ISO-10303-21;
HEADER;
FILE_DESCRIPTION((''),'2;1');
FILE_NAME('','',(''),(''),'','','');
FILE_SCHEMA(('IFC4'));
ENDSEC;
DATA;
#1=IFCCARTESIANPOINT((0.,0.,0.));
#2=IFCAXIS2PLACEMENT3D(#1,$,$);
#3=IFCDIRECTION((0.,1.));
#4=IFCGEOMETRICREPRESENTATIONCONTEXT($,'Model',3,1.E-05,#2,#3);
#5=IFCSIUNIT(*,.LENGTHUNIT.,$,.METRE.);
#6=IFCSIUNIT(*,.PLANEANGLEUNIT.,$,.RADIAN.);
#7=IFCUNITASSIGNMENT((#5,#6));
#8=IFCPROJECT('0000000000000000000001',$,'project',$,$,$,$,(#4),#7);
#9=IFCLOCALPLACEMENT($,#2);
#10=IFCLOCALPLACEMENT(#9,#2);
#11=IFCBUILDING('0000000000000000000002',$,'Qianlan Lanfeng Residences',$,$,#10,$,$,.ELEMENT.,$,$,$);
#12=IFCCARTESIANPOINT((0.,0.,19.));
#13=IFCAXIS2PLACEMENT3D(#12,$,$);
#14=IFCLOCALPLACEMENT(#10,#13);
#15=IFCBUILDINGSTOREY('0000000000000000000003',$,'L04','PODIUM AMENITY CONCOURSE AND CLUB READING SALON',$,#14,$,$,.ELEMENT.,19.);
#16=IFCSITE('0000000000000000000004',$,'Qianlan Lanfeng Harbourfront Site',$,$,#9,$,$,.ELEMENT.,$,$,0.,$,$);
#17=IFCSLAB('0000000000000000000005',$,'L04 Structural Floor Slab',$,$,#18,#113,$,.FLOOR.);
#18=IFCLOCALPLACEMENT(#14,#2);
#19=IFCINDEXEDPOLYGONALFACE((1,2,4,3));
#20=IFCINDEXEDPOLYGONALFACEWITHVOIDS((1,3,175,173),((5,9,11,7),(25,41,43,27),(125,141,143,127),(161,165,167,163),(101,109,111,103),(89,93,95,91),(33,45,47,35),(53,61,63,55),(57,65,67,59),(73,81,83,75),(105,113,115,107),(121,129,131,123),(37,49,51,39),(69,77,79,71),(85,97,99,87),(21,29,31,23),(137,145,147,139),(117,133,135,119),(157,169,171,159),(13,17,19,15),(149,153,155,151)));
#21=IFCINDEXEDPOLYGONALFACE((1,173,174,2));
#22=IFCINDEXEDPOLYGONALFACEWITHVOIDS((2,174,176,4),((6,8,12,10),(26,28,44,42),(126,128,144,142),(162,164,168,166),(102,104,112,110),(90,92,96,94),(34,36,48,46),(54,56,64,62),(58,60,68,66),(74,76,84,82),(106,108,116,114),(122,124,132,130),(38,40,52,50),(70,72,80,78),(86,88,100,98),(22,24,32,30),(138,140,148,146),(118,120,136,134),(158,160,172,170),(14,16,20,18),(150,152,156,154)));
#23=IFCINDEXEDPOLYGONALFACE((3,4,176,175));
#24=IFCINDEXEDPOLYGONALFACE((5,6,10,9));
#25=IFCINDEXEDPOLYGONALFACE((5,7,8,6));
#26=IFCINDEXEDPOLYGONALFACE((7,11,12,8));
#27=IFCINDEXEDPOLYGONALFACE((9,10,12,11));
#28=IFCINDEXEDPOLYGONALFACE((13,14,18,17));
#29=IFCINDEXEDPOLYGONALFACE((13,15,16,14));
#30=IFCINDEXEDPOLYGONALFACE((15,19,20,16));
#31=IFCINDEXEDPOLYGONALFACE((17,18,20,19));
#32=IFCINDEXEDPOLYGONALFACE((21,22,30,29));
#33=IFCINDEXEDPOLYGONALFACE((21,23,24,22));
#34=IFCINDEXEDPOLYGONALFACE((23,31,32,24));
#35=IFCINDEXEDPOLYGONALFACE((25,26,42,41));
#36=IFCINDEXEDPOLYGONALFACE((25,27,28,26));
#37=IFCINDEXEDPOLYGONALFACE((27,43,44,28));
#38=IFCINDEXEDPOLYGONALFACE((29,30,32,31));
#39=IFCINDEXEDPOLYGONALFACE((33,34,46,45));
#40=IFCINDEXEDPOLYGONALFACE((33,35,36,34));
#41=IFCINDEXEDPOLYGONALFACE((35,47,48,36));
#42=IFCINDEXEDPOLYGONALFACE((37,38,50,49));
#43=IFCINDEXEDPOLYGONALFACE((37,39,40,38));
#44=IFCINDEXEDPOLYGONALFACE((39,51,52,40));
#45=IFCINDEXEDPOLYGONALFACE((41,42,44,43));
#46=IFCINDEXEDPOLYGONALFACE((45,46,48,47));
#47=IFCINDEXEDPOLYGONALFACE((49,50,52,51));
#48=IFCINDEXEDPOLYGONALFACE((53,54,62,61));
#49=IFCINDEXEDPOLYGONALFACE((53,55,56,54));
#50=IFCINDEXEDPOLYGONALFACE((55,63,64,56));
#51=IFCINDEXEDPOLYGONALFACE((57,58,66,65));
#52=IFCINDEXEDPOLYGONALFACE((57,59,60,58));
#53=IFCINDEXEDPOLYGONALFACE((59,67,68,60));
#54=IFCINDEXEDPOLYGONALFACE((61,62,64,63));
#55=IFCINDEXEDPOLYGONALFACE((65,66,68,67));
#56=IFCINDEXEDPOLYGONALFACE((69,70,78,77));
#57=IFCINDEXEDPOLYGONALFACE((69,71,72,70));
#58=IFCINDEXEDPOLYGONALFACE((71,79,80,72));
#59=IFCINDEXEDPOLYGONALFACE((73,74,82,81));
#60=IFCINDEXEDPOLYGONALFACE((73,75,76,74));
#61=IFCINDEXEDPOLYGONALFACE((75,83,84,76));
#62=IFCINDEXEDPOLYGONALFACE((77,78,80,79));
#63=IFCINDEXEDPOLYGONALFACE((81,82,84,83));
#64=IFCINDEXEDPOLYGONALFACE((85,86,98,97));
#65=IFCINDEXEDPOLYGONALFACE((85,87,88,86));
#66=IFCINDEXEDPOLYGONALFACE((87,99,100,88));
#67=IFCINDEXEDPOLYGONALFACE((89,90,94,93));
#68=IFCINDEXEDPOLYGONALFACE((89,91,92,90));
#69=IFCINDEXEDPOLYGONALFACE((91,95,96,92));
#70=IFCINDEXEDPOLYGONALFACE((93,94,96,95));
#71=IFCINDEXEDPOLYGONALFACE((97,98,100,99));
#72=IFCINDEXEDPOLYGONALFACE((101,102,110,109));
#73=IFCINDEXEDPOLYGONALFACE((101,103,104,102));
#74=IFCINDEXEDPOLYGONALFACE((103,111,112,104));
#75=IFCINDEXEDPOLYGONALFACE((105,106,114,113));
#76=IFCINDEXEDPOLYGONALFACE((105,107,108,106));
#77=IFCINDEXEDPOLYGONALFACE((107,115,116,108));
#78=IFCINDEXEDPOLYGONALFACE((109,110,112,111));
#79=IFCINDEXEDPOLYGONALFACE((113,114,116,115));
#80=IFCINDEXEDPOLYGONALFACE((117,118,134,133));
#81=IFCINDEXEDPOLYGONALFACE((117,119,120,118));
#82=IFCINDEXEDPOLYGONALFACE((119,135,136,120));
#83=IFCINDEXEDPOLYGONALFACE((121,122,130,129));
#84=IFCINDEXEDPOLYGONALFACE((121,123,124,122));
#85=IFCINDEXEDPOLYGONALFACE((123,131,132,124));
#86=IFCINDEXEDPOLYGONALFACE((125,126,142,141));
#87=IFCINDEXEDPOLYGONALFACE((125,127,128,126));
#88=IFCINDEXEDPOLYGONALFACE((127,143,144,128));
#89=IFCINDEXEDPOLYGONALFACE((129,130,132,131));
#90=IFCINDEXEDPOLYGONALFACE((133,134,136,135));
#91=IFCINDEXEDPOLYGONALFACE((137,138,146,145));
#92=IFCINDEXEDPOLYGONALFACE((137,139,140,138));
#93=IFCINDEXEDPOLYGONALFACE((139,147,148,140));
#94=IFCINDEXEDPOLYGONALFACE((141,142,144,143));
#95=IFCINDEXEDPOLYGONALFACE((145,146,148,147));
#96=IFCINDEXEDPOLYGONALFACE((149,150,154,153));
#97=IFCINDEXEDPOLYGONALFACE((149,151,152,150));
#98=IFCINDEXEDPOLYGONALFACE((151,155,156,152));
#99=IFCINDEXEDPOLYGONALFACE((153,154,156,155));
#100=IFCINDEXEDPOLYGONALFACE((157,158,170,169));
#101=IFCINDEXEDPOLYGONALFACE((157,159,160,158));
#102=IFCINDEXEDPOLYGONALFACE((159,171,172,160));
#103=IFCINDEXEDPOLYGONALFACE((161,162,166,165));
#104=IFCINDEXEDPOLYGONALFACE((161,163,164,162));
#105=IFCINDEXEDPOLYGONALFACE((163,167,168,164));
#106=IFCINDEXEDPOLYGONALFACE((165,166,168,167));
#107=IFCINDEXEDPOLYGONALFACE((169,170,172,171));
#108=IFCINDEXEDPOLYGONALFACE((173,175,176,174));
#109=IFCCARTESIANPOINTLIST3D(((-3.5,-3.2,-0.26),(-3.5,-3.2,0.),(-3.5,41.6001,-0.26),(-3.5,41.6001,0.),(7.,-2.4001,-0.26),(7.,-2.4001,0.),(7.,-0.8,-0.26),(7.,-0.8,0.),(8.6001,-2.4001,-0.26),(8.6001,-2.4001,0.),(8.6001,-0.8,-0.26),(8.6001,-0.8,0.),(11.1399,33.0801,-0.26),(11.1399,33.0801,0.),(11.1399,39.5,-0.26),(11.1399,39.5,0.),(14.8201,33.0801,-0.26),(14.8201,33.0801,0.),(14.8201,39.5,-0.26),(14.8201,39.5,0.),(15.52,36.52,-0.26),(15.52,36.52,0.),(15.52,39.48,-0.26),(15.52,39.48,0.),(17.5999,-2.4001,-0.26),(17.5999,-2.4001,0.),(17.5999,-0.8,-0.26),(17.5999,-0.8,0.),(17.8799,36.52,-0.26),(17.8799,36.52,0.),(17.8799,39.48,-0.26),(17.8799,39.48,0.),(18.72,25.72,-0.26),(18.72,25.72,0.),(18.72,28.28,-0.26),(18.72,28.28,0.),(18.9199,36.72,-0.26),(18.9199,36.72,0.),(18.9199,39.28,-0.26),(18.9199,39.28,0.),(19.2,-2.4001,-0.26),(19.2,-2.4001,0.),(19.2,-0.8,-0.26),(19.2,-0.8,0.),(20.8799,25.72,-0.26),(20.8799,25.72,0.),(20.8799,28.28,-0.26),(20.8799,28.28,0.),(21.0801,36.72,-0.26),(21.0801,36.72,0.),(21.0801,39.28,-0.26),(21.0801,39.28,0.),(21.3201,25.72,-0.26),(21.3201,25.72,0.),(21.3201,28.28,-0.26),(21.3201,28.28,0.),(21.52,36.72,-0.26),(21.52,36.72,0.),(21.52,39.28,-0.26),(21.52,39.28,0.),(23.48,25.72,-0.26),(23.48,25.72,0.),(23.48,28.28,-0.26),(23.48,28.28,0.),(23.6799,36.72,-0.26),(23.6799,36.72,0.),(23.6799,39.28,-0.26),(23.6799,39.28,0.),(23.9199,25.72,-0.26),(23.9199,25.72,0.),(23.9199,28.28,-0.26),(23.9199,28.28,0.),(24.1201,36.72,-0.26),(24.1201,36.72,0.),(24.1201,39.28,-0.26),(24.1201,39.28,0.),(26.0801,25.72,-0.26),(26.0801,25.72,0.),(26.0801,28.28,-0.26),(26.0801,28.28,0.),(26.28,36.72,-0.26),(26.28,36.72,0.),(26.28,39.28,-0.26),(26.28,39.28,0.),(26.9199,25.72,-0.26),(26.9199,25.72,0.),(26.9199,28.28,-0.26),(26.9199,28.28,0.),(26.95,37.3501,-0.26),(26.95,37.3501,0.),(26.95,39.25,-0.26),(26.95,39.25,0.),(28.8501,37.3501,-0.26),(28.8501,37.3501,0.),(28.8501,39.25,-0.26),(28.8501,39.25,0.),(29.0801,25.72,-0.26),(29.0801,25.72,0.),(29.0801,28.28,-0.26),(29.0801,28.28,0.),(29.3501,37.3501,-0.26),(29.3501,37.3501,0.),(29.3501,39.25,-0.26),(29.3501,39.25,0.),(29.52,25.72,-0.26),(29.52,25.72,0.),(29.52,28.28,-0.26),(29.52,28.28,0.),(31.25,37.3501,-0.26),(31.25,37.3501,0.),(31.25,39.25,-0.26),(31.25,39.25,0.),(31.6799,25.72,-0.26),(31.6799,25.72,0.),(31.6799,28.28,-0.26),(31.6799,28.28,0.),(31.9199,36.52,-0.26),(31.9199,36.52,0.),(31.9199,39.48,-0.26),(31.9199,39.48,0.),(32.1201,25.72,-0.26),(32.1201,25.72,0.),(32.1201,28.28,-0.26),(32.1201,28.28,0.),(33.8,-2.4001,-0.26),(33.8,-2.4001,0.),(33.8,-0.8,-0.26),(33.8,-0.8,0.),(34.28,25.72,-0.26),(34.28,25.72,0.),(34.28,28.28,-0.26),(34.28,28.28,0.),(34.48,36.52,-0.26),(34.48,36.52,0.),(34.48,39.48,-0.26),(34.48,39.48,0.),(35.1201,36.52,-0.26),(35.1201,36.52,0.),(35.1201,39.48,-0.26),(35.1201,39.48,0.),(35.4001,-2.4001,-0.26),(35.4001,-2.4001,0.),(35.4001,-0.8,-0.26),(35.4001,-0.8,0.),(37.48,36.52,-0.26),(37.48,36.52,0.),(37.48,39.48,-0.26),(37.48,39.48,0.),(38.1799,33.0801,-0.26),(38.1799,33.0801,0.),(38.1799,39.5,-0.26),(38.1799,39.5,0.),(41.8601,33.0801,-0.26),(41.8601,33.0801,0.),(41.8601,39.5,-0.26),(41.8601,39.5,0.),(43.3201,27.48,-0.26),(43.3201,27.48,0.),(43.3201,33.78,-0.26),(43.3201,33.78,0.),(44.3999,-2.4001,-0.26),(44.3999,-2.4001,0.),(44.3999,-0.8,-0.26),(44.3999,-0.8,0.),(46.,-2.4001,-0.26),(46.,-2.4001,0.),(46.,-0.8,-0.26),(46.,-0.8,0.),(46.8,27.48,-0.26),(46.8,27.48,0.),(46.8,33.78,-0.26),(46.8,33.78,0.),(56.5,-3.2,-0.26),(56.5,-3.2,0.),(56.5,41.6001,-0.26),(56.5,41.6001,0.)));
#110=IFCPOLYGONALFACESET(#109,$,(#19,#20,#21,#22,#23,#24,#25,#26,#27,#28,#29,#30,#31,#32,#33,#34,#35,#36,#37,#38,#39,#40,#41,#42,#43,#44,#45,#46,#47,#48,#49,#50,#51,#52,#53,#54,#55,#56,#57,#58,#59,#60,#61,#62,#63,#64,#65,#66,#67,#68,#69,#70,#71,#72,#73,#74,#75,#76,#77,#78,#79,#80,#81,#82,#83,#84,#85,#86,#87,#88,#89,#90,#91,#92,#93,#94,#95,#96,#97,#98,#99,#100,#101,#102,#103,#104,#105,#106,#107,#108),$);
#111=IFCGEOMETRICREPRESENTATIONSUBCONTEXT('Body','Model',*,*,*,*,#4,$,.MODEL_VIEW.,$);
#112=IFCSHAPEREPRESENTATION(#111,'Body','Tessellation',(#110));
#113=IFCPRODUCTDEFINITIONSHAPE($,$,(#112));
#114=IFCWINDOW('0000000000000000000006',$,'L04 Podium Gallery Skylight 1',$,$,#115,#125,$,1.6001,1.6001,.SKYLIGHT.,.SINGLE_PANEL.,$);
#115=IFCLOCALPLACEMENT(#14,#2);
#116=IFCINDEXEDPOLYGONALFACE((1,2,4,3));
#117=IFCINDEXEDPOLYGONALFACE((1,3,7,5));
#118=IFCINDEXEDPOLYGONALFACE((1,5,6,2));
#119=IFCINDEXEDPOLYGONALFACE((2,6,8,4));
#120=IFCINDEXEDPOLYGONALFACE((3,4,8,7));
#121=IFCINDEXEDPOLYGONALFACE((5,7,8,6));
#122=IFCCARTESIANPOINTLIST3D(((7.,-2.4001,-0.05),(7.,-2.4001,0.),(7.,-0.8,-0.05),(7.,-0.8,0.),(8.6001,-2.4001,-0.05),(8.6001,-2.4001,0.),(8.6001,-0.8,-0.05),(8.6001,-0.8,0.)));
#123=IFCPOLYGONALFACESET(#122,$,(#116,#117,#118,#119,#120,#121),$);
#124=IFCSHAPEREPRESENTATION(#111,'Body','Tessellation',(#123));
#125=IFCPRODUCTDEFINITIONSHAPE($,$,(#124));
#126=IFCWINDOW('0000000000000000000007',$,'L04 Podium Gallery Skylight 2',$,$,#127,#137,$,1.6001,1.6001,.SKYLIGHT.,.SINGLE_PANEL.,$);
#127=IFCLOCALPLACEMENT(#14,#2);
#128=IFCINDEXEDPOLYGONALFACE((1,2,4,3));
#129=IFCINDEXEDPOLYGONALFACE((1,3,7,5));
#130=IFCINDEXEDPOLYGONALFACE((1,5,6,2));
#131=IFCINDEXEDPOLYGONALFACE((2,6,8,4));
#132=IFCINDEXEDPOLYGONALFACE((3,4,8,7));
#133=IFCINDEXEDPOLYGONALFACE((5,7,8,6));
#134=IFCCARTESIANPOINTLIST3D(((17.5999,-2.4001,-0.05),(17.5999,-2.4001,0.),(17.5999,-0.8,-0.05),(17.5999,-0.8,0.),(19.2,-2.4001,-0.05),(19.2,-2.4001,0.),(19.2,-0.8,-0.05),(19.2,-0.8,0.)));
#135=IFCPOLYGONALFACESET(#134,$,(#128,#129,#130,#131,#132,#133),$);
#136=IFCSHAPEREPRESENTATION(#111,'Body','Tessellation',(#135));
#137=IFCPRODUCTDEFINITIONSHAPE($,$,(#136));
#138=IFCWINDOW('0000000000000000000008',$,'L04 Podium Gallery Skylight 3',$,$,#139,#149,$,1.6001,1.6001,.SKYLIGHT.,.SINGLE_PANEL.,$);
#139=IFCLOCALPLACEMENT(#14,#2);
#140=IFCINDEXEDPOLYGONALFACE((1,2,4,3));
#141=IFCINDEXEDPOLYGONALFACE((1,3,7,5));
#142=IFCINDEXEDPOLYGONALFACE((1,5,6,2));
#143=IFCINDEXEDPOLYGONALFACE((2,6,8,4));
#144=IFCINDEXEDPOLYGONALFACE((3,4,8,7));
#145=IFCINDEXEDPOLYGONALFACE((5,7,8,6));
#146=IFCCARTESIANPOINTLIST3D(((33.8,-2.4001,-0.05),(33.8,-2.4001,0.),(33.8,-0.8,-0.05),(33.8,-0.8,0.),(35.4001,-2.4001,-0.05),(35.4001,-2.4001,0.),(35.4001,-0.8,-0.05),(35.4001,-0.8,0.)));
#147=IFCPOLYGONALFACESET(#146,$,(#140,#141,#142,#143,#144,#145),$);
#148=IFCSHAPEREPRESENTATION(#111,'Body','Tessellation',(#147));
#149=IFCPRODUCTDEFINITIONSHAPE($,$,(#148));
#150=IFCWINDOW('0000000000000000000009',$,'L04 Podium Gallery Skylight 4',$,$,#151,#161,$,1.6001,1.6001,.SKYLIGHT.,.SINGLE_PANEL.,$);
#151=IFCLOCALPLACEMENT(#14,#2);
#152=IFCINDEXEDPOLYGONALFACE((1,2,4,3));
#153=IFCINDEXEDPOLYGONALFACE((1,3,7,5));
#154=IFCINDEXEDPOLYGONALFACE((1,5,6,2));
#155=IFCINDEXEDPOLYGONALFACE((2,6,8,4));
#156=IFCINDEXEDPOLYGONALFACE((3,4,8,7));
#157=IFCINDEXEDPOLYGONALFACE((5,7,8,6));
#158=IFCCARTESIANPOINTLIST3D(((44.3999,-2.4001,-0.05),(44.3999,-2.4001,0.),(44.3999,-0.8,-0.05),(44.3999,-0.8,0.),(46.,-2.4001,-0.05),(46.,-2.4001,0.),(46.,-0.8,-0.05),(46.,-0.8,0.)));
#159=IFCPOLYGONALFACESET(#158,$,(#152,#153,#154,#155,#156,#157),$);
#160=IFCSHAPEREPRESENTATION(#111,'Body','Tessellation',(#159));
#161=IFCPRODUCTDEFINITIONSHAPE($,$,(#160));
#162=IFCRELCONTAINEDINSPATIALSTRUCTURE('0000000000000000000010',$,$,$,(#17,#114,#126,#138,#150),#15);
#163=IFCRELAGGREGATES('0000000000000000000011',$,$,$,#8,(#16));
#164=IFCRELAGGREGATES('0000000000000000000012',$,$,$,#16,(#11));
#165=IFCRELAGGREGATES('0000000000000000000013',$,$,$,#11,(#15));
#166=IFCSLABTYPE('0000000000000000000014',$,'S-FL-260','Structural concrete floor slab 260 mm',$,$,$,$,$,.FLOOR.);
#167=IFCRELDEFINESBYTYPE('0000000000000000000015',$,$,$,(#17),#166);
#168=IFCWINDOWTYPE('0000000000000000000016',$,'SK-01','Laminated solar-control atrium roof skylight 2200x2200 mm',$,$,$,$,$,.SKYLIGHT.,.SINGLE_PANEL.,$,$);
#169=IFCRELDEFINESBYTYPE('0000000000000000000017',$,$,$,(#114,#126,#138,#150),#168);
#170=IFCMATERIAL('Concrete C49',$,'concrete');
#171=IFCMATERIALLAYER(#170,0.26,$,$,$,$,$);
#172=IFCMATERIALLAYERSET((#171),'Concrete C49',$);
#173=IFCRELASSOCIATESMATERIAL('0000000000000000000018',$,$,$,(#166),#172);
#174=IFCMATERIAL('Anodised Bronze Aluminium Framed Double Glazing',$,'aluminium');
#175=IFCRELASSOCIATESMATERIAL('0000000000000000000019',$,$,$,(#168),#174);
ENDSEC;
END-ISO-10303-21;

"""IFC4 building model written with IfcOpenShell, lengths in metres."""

from ifc_helpers import new_model, si_unit, direction, frame, origin, origin_2d, place, context, subcontext, project, spatial, polyline, rectangle, outline, extrude, material, layer, layer_set, type_object, element, fill, save


model = new_model("IFC4")

# Units and contexts
model_context = context("Model", 3, precision=1e-05, world=origin(), true_north=direction((0.0, 1.0)))
body_context = subcontext(model_context, "Body", "Model", "MODEL_VIEW")
ifc_project = project(units=[si_unit("LENGTHUNIT", "METRE"), si_unit("PLANEANGLEUNIT", "RADIAN")], contexts=[model_context])

# Site, building, storey
site_placement = place(None, origin())
site = spatial("IfcSite", under=ifc_project, at=site_placement, Name="Qianlan Lanfeng Harbourfront Site", CompositionType="ELEMENT", RefElevation=0.0)
building_placement = place(site_placement, origin())
building = spatial("IfcBuilding", under=site, at=building_placement, Name="Qianlan Lanfeng Residences", CompositionType="ELEMENT")
storey_placement = place(building_placement, frame((0.0, 0.0, 19.0)))
storey = spatial("IfcBuildingStorey", under=building, at=storey_placement, Name="L04", Description="PODIUM AMENITY CONCOURSE AND CLUB READING SALON", CompositionType="ELEMENT", Elevation=19.0)

# Slab, openings, windows
ifc_material_1 = material(Name="Concrete C49", Category="concrete")
ifc_layer_1 = layer(ifc_material_1, 0.26)
ifc_layer_set_1 = layer_set([ifc_layer_1], Name="Concrete C49")
slab_type_1 = type_object("IfcSlabType", Name="S-FL-260", Description="Structural concrete floor slab 260 mm", PredefinedType="FLOOR", material=ifc_layer_set_1)
slab_1_placement = place(storey_placement, frame((0.0, 0.0, -0.26)))
slab_1 = element("IfcSlab", 1, at=slab_1_placement, inside=storey, type_object=slab_type_1, Name="L04 Structural Floor Slab", PredefinedType="FLOOR", context=body_context, shape_type="SweptSolid", body=[
    extrude(outline(polyline([(-3.5, -3.2), (56.5, -3.2), (56.5, 41.6001), (-3.5, 41.6001), (-3.5, -3.2)]), holes=[polyline([(11.1399, 33.0801), (11.1399, 39.5), (14.8201, 39.5), (14.8201, 33.0801), (11.1399, 33.0801)]), polyline([(38.1799, 33.0801), (38.1799, 39.5), (41.8601, 39.5), (41.8601, 33.0801), (38.1799, 33.0801)]), polyline([(43.3201, 27.48), (43.3201, 33.78), (46.8, 33.78), (46.8, 27.48), (43.3201, 27.48)]), polyline([(15.52, 36.52), (15.52, 39.48), (17.8799, 39.48), (17.8799, 36.52), (15.52, 36.52)]), polyline([(35.1201, 36.52), (35.1201, 39.48), (37.48, 39.48), (37.48, 36.52), (35.1201, 36.52)]), polyline([(31.9199, 36.52), (31.9199, 39.48), (34.48, 39.48), (34.48, 36.52), (31.9199, 36.52)]), polyline([(18.72, 25.72), (18.72, 28.28), (20.8799, 28.28), (20.8799, 25.72), (18.72, 25.72)]), polyline([(21.3201, 25.72), (21.3201, 28.28), (23.48, 28.28), (23.48, 25.72), (21.3201, 25.72)]), polyline([(23.9199, 25.72), (23.9199, 28.28), (26.0801, 28.28), (26.0801, 25.72), (23.9199, 25.72)]), polyline([(26.9199, 25.72), (26.9199, 28.28), (29.0801, 28.28), (29.0801, 25.72), (26.9199, 25.72)]), polyline([(29.52, 25.72), (29.52, 28.28), (31.6799, 28.28), (31.6799, 25.72), (29.52, 25.72)]), polyline([(32.1201, 25.72), (32.1201, 28.28), (34.28, 28.28), (34.28, 25.72), (32.1201, 25.72)]), polyline([(18.9199, 36.72), (18.9199, 39.28), (21.0801, 39.28), (21.0801, 36.72), (18.9199, 36.72)]), polyline([(21.52, 36.72), (21.52, 39.28), (23.6799, 39.28), (23.6799, 36.72), (21.52, 36.72)]), polyline([(24.1201, 36.72), (24.1201, 39.28), (26.28, 39.28), (26.28, 36.72), (24.1201, 36.72)]), polyline([(26.95, 37.3501), (26.95, 39.25), (28.8501, 39.25), (28.8501, 37.3501), (26.95, 37.3501)]), polyline([(29.3501, 37.3501), (29.3501, 39.25), (31.25, 39.25), (31.25, 37.3501), (29.3501, 37.3501)])]), origin(), (0.0, 0.0, 1.0), 0.26),
])
opening_1_placement = place(slab_1_placement, frame((7.8, -1.6001, -0.01)))
opening_1 = element("IfcOpeningElement", 2, at=opening_1_placement, cuts=slab_1, PredefinedType="OPENING", context=body_context, shape_type="SweptSolid", body=[
    extrude(rectangle(XDim=1.6001, YDim=1.6001, at=origin_2d()), origin(), (0.0, 0.0, 1.0), 0.28),
])
opening_2_placement = place(slab_1_placement, frame((18.3999, -1.6001, -0.01)))
opening_2 = element("IfcOpeningElement", 3, at=opening_2_placement, cuts=slab_1, PredefinedType="OPENING", context=body_context, shape_type="SweptSolid", body=[
    extrude(rectangle(XDim=1.6001, YDim=1.6001, at=origin_2d()), origin(), (0.0, 0.0, 1.0), 0.28),
])
opening_3_placement = place(slab_1_placement, frame((34.6001, -1.6001, -0.01)))
opening_3 = element("IfcOpeningElement", 4, at=opening_3_placement, cuts=slab_1, PredefinedType="OPENING", context=body_context, shape_type="SweptSolid", body=[
    extrude(rectangle(XDim=1.6001, YDim=1.6001, at=origin_2d()), origin(), (0.0, 0.0, 1.0), 0.28),
])
opening_4_placement = place(slab_1_placement, frame((45.2, -1.6001, -0.01)))
opening_4 = element("IfcOpeningElement", 5, at=opening_4_placement, cuts=slab_1, PredefinedType="OPENING", context=body_context, shape_type="SweptSolid", body=[
    extrude(rectangle(XDim=1.6001, YDim=1.6001, at=origin_2d()), origin(), (0.0, 0.0, 1.0), 0.28),
])
ifc_material_2 = material(Name="Anodised Bronze Aluminium Framed Double Glazing", Category="aluminium")
window_type = type_object("IfcWindowType", Name="SK-01", Description="Laminated solar-control atrium roof skylight 2200x2200 mm", PartitioningType="SINGLE_PANEL", PredefinedType="SKYLIGHT", material=ifc_material_2)
window_1_placement = place(slab_1_placement, frame((7.8, -1.6001, 0.21)))
window_1 = element("IfcWindow", 6, at=window_1_placement, inside=storey, type_object=window_type, Name="L04 Podium Gallery Skylight 1", OverallHeight=1.6001, OverallWidth=1.6001, PartitioningType="SINGLE_PANEL", PredefinedType="SKYLIGHT", context=body_context, shape_type="SweptSolid", body=[
    extrude(rectangle(XDim=1.6001, YDim=1.6001, at=origin_2d()), origin(), (0.0, 0.0, 1.0), 0.05),
])
fill(opening_1, window_1)
window_2_placement = place(slab_1_placement, frame((18.3999, -1.6001, 0.21)))
window_2 = element("IfcWindow", 7, at=window_2_placement, inside=storey, type_object=window_type, Name="L04 Podium Gallery Skylight 2", OverallHeight=1.6001, OverallWidth=1.6001, PartitioningType="SINGLE_PANEL", PredefinedType="SKYLIGHT", context=body_context, shape_type="SweptSolid", body=[
    extrude(rectangle(XDim=1.6001, YDim=1.6001, at=origin_2d()), origin(), (0.0, 0.0, 1.0), 0.05),
])
fill(opening_2, window_2)
window_3_placement = place(slab_1_placement, frame((34.6001, -1.6001, 0.21)))
window_3 = element("IfcWindow", 8, at=window_3_placement, inside=storey, type_object=window_type, Name="L04 Podium Gallery Skylight 3", OverallHeight=1.6001, OverallWidth=1.6001, PartitioningType="SINGLE_PANEL", PredefinedType="SKYLIGHT", context=body_context, shape_type="SweptSolid", body=[
    extrude(rectangle(XDim=1.6001, YDim=1.6001, at=origin_2d()), origin(), (0.0, 0.0, 1.0), 0.05),
])
fill(opening_3, window_3)
window_4_placement = place(slab_1_placement, frame((45.2, -1.6001, 0.21)))
window_4 = element("IfcWindow", 9, at=window_4_placement, inside=storey, type_object=window_type, Name="L04 Podium Gallery Skylight 4", OverallHeight=1.6001, OverallWidth=1.6001, PartitioningType="SINGLE_PANEL", PredefinedType="SKYLIGHT", context=body_context, shape_type="SweptSolid", body=[
    extrude(rectangle(XDim=1.6001, YDim=1.6001, at=origin_2d()), origin(), (0.0, 0.0, 1.0), 0.05),
])
fill(opening_4, window_4)

save(model, "model.ifc")
